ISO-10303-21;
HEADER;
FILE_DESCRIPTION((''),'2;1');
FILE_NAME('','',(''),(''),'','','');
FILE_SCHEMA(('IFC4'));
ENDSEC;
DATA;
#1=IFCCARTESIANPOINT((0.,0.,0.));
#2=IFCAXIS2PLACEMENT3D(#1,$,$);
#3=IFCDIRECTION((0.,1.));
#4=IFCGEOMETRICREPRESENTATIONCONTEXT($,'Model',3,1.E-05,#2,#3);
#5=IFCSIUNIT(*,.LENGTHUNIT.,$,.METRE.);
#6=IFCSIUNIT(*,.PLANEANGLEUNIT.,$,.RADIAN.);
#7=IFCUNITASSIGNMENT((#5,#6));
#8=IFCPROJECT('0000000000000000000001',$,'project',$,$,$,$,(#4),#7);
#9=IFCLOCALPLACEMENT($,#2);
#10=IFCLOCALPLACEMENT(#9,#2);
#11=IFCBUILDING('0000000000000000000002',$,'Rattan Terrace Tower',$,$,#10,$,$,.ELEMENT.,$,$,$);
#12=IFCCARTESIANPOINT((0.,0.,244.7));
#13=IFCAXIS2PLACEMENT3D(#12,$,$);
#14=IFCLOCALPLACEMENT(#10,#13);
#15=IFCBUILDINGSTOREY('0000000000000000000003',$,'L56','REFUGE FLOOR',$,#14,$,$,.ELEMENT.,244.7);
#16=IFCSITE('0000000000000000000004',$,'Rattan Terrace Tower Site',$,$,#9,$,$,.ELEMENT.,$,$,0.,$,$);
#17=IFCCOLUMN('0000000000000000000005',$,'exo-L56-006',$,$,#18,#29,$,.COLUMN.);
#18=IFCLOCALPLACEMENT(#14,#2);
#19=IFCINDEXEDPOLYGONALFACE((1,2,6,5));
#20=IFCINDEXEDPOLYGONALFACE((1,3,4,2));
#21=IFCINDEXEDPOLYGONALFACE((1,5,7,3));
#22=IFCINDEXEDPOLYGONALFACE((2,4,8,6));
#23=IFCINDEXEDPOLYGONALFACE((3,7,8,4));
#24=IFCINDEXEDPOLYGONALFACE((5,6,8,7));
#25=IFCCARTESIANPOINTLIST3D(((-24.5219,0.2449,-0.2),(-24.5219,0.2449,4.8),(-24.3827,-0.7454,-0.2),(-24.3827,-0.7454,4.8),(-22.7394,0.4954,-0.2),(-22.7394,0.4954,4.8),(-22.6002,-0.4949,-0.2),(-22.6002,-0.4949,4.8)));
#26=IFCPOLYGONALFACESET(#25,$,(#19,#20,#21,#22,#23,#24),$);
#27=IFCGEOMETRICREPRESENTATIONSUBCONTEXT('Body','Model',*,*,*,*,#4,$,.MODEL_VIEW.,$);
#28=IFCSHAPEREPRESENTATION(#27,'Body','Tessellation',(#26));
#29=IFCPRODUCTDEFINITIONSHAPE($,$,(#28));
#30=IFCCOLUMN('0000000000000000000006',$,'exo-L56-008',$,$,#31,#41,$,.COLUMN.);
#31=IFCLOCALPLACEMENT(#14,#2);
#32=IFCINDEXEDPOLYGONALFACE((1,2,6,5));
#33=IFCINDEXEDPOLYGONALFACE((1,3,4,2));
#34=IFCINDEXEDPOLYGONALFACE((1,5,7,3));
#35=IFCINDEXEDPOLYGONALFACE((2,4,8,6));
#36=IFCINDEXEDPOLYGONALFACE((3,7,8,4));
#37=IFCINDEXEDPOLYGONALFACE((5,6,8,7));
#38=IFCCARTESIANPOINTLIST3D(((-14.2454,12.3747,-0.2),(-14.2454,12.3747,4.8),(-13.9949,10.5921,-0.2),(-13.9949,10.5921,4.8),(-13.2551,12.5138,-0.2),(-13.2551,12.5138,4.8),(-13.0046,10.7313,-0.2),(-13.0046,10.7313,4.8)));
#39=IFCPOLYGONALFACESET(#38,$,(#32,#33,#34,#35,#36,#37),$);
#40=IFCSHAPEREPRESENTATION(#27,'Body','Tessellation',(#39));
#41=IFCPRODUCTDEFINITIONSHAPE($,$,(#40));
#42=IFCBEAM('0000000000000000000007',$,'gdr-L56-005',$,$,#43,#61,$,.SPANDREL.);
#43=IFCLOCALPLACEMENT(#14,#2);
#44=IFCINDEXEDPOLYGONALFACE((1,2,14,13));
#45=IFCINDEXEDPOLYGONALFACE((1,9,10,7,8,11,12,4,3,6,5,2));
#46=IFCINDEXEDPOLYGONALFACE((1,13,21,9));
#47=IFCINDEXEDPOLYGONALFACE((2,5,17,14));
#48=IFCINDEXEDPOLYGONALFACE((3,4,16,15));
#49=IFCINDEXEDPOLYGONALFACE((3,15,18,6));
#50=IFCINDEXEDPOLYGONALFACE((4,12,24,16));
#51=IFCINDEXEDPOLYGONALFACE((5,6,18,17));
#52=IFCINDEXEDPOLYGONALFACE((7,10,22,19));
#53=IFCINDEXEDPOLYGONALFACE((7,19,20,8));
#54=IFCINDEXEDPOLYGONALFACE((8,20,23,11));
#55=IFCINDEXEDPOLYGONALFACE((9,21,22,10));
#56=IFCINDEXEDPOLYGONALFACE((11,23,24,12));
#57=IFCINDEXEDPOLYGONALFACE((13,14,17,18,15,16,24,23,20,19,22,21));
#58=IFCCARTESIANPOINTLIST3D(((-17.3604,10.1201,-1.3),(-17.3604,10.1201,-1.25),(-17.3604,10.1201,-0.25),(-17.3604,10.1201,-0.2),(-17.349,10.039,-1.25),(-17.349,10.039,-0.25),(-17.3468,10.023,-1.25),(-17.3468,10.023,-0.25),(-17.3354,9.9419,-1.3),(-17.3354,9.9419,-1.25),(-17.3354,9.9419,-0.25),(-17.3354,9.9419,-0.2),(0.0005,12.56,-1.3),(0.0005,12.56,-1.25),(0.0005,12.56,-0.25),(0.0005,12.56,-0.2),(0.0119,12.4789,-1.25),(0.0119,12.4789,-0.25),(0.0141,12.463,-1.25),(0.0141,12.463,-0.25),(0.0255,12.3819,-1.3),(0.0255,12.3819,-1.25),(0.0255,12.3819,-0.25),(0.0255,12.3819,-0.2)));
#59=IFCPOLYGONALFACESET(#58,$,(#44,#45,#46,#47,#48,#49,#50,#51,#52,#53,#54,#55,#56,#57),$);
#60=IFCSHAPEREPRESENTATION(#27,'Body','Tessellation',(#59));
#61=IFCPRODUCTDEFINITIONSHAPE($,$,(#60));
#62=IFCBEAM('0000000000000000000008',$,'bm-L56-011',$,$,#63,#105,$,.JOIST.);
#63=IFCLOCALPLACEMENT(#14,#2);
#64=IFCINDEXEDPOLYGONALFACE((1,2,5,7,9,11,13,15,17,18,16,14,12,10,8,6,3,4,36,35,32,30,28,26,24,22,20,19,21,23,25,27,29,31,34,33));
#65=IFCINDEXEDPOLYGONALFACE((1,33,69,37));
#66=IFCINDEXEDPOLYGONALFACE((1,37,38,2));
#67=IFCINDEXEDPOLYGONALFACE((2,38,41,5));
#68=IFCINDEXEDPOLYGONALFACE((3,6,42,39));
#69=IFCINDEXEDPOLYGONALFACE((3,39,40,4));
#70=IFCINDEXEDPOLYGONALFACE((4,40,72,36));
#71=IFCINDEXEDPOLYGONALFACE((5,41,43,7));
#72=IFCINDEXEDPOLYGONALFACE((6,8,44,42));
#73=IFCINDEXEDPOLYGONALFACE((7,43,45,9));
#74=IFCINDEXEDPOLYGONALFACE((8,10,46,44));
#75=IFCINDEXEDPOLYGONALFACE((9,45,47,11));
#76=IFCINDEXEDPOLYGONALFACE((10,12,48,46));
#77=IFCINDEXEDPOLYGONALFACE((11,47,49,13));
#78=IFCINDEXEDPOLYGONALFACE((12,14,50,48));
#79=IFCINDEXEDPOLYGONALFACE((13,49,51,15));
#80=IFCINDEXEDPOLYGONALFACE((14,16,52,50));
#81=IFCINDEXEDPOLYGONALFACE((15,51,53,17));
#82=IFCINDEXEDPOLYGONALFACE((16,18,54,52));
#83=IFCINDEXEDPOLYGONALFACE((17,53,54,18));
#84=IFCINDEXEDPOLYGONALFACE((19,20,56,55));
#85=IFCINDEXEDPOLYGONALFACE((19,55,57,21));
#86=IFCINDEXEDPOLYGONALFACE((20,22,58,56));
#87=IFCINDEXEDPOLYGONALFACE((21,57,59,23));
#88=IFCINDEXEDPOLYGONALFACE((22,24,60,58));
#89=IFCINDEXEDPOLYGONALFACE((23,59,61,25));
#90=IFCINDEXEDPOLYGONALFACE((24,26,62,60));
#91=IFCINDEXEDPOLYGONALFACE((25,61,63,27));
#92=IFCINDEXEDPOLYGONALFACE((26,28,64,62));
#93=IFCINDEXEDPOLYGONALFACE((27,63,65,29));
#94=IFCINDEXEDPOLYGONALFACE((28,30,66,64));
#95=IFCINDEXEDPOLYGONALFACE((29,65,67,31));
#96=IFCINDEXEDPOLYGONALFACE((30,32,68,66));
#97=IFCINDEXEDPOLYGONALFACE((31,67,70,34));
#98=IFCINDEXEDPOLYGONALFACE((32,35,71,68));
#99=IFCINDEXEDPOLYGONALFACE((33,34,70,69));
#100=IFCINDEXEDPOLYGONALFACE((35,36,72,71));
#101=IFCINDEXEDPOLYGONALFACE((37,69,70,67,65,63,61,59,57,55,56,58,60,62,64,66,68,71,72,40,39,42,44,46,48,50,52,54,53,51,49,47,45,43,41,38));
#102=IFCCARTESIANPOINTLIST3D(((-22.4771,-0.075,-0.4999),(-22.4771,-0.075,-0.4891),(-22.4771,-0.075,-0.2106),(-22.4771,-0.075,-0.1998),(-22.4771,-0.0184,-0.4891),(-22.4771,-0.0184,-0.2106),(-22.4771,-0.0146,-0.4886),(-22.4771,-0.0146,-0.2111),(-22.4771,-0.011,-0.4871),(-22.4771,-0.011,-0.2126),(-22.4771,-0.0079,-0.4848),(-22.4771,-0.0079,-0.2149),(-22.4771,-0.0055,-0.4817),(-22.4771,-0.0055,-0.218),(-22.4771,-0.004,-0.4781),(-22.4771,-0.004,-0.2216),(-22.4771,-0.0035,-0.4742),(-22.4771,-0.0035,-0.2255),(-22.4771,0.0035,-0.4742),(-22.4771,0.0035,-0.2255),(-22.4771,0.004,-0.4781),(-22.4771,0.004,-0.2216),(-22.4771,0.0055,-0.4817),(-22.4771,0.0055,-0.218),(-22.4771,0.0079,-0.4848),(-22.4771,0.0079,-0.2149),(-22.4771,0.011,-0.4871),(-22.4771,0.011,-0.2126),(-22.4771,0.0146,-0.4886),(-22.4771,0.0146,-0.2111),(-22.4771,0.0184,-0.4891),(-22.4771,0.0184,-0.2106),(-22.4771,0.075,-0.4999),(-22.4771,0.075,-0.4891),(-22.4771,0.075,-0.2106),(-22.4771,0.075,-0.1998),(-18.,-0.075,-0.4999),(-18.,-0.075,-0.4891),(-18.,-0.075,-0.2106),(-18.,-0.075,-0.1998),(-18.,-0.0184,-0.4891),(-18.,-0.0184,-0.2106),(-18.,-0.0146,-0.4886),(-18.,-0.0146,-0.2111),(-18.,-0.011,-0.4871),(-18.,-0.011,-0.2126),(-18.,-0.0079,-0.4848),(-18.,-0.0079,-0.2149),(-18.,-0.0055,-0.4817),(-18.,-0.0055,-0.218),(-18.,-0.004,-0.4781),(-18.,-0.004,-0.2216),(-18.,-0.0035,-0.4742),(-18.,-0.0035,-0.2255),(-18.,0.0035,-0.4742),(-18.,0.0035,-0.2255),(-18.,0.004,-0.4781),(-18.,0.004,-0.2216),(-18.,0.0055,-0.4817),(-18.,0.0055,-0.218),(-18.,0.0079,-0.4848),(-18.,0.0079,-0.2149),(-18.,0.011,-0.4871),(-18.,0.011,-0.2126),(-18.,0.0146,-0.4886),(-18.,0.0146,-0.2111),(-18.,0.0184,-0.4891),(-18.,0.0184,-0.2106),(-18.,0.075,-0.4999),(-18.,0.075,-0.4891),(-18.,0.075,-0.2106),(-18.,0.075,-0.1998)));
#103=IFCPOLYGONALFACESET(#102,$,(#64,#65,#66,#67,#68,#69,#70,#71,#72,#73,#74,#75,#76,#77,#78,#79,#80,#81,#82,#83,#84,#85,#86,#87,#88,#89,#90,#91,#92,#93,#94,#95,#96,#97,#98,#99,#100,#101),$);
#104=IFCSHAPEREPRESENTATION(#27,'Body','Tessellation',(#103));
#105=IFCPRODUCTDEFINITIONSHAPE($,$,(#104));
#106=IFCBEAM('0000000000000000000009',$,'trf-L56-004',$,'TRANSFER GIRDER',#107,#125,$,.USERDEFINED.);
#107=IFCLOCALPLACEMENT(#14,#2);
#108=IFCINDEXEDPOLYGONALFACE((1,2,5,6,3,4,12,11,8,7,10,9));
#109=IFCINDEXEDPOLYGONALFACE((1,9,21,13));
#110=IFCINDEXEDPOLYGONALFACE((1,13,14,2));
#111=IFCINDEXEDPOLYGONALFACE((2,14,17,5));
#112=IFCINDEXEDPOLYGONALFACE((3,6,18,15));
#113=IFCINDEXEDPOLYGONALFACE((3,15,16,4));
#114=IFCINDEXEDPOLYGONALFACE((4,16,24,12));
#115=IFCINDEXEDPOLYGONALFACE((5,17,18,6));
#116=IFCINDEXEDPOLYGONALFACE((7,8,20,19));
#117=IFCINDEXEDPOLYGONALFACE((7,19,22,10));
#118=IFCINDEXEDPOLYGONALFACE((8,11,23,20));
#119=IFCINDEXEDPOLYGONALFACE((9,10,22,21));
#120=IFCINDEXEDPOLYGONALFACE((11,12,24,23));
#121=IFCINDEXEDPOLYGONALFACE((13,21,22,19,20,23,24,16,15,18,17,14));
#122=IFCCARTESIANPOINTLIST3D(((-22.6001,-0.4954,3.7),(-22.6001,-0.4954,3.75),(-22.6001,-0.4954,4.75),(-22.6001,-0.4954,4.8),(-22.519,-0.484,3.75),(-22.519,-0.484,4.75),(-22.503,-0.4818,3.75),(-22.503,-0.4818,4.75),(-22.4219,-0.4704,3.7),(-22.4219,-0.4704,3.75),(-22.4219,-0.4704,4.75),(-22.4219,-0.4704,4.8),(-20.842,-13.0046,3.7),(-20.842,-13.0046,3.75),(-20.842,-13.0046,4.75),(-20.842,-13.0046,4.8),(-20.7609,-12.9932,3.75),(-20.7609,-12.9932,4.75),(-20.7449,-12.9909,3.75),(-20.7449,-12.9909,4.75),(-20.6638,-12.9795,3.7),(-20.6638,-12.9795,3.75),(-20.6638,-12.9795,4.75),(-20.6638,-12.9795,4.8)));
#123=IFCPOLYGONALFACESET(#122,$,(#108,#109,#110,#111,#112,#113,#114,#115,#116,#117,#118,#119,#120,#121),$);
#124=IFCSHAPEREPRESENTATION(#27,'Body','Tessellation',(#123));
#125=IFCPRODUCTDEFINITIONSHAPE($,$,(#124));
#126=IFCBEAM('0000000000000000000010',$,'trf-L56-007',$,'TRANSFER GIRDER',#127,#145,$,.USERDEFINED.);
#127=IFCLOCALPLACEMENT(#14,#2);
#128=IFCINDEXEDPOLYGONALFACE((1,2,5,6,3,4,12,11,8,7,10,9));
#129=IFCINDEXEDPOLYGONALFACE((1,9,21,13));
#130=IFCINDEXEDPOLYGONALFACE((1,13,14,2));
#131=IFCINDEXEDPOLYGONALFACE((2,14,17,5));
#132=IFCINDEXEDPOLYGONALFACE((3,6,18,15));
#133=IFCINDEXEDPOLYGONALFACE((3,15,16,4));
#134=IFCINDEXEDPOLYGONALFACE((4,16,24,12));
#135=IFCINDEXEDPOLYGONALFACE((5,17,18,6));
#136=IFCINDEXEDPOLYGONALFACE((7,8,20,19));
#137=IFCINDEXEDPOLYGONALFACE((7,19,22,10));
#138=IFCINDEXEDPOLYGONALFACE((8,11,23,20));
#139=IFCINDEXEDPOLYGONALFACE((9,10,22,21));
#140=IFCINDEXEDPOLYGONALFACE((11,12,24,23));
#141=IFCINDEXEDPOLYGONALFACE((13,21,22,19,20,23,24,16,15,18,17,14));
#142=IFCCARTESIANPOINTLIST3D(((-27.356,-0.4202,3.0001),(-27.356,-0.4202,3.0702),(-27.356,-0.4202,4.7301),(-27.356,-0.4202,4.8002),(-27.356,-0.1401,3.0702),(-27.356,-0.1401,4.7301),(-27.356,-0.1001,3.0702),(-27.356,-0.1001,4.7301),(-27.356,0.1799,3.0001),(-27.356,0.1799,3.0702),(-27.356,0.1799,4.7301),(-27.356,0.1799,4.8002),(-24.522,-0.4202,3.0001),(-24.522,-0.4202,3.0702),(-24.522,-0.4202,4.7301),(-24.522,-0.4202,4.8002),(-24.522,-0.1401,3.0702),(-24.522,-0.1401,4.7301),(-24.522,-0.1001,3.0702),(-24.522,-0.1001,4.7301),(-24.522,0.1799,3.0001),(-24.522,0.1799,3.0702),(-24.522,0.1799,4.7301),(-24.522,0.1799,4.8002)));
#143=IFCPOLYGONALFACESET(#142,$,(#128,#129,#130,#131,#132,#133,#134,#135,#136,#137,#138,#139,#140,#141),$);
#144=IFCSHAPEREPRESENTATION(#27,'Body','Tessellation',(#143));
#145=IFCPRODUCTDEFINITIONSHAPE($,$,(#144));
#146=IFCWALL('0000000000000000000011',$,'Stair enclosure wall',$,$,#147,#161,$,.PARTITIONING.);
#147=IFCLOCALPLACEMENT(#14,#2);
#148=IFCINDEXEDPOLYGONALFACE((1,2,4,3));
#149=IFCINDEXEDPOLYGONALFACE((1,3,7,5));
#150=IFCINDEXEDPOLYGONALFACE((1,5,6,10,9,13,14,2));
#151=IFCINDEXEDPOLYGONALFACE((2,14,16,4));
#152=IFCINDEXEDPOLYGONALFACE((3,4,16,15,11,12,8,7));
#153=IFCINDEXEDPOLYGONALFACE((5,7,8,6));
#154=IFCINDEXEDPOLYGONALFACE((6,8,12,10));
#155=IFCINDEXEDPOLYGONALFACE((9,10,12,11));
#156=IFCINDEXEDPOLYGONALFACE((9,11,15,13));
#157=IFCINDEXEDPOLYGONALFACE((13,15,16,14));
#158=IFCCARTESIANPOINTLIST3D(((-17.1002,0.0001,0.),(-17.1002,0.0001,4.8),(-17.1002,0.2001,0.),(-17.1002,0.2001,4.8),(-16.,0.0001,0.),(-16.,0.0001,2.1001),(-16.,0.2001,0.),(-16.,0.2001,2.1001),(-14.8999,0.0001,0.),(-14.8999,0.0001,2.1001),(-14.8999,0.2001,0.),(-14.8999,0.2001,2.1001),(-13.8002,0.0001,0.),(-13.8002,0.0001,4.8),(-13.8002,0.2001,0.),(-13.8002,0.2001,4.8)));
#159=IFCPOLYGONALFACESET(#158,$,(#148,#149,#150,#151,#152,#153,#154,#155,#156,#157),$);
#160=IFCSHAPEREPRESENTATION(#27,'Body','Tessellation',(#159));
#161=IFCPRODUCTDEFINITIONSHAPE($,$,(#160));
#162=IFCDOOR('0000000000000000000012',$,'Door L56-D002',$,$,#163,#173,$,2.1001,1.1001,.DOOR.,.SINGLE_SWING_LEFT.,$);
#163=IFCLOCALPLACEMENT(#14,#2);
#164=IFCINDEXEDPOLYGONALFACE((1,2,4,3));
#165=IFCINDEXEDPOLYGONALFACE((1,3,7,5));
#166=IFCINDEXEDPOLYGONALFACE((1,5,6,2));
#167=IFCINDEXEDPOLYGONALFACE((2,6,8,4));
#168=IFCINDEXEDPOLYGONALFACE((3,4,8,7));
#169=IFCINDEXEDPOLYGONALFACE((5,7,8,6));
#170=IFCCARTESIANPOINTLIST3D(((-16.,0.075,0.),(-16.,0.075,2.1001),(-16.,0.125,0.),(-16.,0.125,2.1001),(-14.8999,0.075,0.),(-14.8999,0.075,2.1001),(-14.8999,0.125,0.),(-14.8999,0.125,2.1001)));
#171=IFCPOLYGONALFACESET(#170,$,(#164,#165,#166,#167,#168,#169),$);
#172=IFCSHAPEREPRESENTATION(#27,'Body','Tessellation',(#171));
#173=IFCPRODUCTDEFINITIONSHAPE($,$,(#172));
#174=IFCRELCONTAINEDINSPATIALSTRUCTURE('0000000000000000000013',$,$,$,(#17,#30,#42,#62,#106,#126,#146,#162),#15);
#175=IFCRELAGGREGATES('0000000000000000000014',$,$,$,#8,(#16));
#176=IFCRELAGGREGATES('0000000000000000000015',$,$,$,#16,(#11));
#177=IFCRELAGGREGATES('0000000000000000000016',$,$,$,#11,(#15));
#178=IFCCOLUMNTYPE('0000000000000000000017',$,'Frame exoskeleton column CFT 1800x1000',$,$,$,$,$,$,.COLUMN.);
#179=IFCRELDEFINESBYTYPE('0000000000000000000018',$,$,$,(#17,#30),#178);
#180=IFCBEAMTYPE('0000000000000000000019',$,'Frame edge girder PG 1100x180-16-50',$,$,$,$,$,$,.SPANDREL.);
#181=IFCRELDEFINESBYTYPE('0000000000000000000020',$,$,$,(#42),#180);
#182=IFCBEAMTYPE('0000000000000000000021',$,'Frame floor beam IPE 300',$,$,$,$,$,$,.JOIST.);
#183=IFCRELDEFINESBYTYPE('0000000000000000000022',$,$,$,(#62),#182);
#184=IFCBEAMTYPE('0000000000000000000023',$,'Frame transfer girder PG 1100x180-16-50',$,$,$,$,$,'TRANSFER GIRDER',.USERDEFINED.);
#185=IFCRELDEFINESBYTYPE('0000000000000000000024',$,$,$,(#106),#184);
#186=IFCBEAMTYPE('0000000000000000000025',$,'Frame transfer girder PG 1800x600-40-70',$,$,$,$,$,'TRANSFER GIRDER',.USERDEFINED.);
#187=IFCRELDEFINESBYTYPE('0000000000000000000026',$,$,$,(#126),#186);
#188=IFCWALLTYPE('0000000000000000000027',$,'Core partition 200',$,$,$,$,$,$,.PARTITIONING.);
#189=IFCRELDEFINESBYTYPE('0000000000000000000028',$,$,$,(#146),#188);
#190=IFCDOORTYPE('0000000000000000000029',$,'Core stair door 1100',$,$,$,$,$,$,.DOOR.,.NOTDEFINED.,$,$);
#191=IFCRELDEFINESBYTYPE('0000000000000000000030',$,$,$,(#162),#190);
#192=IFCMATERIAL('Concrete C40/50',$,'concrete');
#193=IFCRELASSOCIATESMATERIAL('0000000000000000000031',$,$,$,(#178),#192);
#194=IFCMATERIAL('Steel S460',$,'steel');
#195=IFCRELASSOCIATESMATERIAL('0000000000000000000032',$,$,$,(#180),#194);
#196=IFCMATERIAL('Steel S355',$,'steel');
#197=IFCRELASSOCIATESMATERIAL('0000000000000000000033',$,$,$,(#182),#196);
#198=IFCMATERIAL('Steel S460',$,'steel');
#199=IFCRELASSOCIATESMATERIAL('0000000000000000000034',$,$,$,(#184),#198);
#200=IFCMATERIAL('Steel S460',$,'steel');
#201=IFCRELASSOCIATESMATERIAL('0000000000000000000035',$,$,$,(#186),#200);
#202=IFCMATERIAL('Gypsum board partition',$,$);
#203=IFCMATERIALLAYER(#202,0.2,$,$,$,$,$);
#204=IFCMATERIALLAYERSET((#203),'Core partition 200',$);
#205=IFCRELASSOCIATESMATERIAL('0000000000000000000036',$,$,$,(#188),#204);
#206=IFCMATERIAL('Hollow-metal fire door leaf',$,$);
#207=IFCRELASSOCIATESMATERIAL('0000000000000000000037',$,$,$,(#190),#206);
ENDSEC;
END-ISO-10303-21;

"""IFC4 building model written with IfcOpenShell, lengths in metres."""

from ifc_helpers import new_model, si_unit, direction, frame, frame_2d, origin, origin_2d, place, context, subcontext, project, spatial, rectangle, i_section, extrude, material, layer, layer_set, material_profile, profile_set, type_object, element, fill, save


model = new_model("IFC4")

# Units and contexts
model_context = context("Model", 3, precision=1e-05, world=origin(), true_north=direction((0.0, 1.0)))
body_context = subcontext(model_context, "Body", "Model", "MODEL_VIEW")
ifc_project = project(units=[si_unit("LENGTHUNIT", "METRE"), si_unit("PLANEANGLEUNIT", "RADIAN")], contexts=[model_context])

# Site, building, storey
site_placement = place(None, origin())
site = spatial("IfcSite", under=ifc_project, at=site_placement, Name="Rattan Terrace Tower Site", CompositionType="ELEMENT", RefElevation=0.0)
building_placement = place(site_placement, origin())
building = spatial("IfcBuilding", under=site, at=building_placement, Name="Rattan Terrace Tower", CompositionType="ELEMENT")
storey_placement = place(building_placement, frame((0.0, 0.0, 244.7)))
storey = spatial("IfcBuildingStorey", under=building, at=storey_placement, Name="L56", Description="REFUGE FLOOR", CompositionType="ELEMENT", Elevation=244.7)

# Columns
ifc_material_1 = material(Name="Concrete C40/50", Category="concrete")
ifc_material_profile_1 = material_profile(ifc_material_1, rectangle(XDim=1.0, YDim=1.8, at=origin_2d()), Name="CFT 1800x1000")
ifc_profile_set_1 = profile_set([ifc_material_profile_1], Name="Concrete C40/50")
column_type = type_object("IfcColumnType", Name="Frame exoskeleton column CFT 1800x1000", PredefinedType="COLUMN", material=ifc_profile_set_1)
for number, where, z_axis, x_axis, name in (
    (1, (-23.561, -0.125, -0.2), (0.0, 0.0, 1.0), (-0.13919, 0.990266, 0.0), "exo-L56-006"),
    (2, (-13.625, 11.553, -0.2), (0.0, 0.0, 1.0), (0.990268, 0.139173, 0.0), "exo-L56-008"),
):
    element("IfcColumn", number, at=place(storey_placement, frame(where, z_axis=z_axis, x_axis=x_axis)), inside=storey, type_object=column_type, Name=name, PredefinedType="COLUMN", context=body_context, shape_type="SweptSolid", body=[
        extrude(rectangle(XDim=1.0, YDim=1.8, at=origin_2d()), origin(), (0.0, 0.0, 1.0), 5.0),
    ])

# Beams
ifc_material_2 = material(Name="Steel S460", Category="steel")
ifc_material_profile_2 = material_profile(ifc_material_2, i_section(OverallWidth=0.1799, OverallDepth=1.1001, WebThickness=0.0161, FlangeThickness=0.05, at=origin_2d()), Name="PG 1100x180-16-50")
ifc_profile_set_2 = profile_set([ifc_material_profile_2], Name="Steel S460")
beam_type_1 = type_object("IfcBeamType", Name="Frame edge girder PG 1100x180-16-50", PredefinedType="SPANDREL", material=ifc_profile_set_2)
beam_1_placement = place(storey_placement, frame((-17.3479, 10.031, -0.75), z_axis=(0.990268, 0.139175, 0.0), x_axis=(-0.139175, 0.990268, 0.0)))
element("IfcBeam", 3, at=beam_1_placement, inside=storey, type_object=beam_type_1, Name="gdr-L56-005", PredefinedType="SPANDREL", context=body_context, shape_type="SweptSolid", body=[
    extrude(i_section(OverallWidth=0.1799, OverallDepth=1.1001, WebThickness=0.0161, FlangeThickness=0.05, at=origin_2d()), origin(), (0.0, 0.0, 1.0), 17.5315),
])
ifc_material_3 = material(Name="Steel S355", Category="steel")
ifc_material_profile_3 = material_profile(ifc_material_3, i_section(OverallWidth=0.1499, OverallDepth=0.3, WebThickness=0.0071, FlangeThickness=0.0107, FilletRadius=0.0149, at=origin_2d()), Name="IPE 300")
ifc_profile_set_3 = profile_set([ifc_material_profile_3], Name="Steel S355")
beam_type_2 = type_object("IfcBeamType", Name="Frame floor beam IPE 300", PredefinedType="JOIST", material=ifc_profile_set_3)
beam_2_placement = place(storey_placement, frame((-22.4771, 0.0, -0.3499), z_axis=(1.0, 0.0, 0.0), x_axis=(0.0, 1.0, 0.0)))
element("IfcBeam", 4, at=beam_2_placement, inside=storey, type_object=beam_type_2, Name="bm-L56-011", PredefinedType="JOIST", context=body_context, shape_type="SweptSolid", body=[
    extrude(i_section(OverallWidth=0.1499, OverallDepth=0.3, WebThickness=0.0071, FlangeThickness=0.0107, FilletRadius=0.0149, at=origin_2d()), origin(), (0.0, 0.0, 1.0), 4.4771),
])
ifc_material_4 = material(Name="Steel S460", Category="steel")
ifc_material_profile_4 = material_profile(ifc_material_4, i_section(OverallWidth=0.1799, OverallDepth=1.1001, WebThickness=0.0161, FlangeThickness=0.05, at=origin_2d()), Name="PG 1100x180-16-50")
ifc_profile_set_4 = profile_set([ifc_material_profile_4], Name="Steel S460")
beam_type_3 = type_object("IfcBeamType", Name="Frame transfer girder PG 1100x180-16-50", ElementType="TRANSFER GIRDER", PredefinedType="USERDEFINED", material=ifc_profile_set_4)
beam_3_placement = place(storey_placement, frame((-22.511, -0.4829, 4.25), z_axis=(0.139175, -0.990268, 0.0), x_axis=(0.990268, 0.139175, 0.0)))
element("IfcBeam", 5, at=beam_3_placement, inside=storey, type_object=beam_type_3, Name="trf-L56-004", ObjectType="TRANSFER GIRDER", PredefinedType="USERDEFINED", context=body_context, shape_type="SweptSolid", body=[
    extrude(i_section(OverallWidth=0.1799, OverallDepth=1.1001, WebThickness=0.0161, FlangeThickness=0.05, at=origin_2d()), origin(), (0.0, 0.0, 1.0), 12.6321),
])
ifc_material_5 = material(Name="Steel S460", Category="steel")
ifc_material_profile_5 = material_profile(ifc_material_5, i_section(OverallWidth=0.6001, OverallDepth=1.8, WebThickness=0.04, FlangeThickness=0.0701, at=origin_2d()), Name="PG 1800x600-40-70")
ifc_profile_set_5 = profile_set([ifc_material_profile_5], Name="Steel S460")
beam_type_4 = type_object("IfcBeamType", Name="Frame transfer girder PG 1800x600-40-70", ElementType="TRANSFER GIRDER", PredefinedType="USERDEFINED", material=ifc_profile_set_5)
beam_4_placement = place(storey_placement, frame((-27.356, -0.1201, 3.9001), z_axis=(1.0, 0.0, 0.0), x_axis=(0.0, 1.0, 0.0)))
element("IfcBeam", 6, at=beam_4_placement, inside=storey, type_object=beam_type_4, Name="trf-L56-007", ObjectType="TRANSFER GIRDER", PredefinedType="USERDEFINED", context=body_context, shape_type="SweptSolid", body=[
    extrude(i_section(OverallWidth=0.6001, OverallDepth=1.8, WebThickness=0.04, FlangeThickness=0.0701, at=origin_2d()), origin(), (0.0, 0.0, 1.0), 2.834),
])

# Wall, opening, door
ifc_material_6 = material(Name="Gypsum board partition")
ifc_layer_1 = layer(ifc_material_6, 0.2)
ifc_layer_set_1 = layer_set([ifc_layer_1], Name="Core partition 200")
wall_type_1 = type_object("IfcWallType", Name="Core partition 200", PredefinedType="PARTITIONING", material=ifc_layer_set_1)
wall_1_placement = place(storey_placement, frame((-17.1001, 0.1001, 0.0), z_axis=(0.0, 0.0, 1.0), x_axis=(1.0, 0.0, 0.0)))
wall_1 = element("IfcWall", 7, at=wall_1_placement, inside=storey, type_object=wall_type_1, Name="Stair enclosure wall", PredefinedType="PARTITIONING", context=body_context, shape_type="SweptSolid", body=[
    extrude(rectangle(XDim=3.3, YDim=0.2, at=frame_2d((1.6499, 0.0))), origin(), (0.0, 0.0, 1.0), 4.8),
])
opening_placement = place(wall_1_placement, frame((1.1001, 0.0, 0.0)))
opening = element("IfcOpeningElement", 8, at=opening_placement, cuts=wall_1, PredefinedType="OPENING", context=body_context, shape_type="SweptSolid", body=[
    extrude(rectangle(XDim=1.1001, YDim=2.1001, at=frame_2d((0.55, 1.05))), frame((0.0, 0.1106, 0.0), z_axis=(0.0, -1.0, 0.0), x_axis=(1.0, 0.0, 0.0)), (0.0, 0.0, 1.0), 0.2209),
])
ifc_material_7 = material(Name="Hollow-metal fire door leaf")
door_type = type_object("IfcDoorType", Name="Core stair door 1100", OperationType="NOTDEFINED", PredefinedType="DOOR", material=ifc_material_7)
door_placement = place(opening_placement, origin())
door = element("IfcDoor", 9, at=door_placement, inside=storey, type_object=door_type, Name="Door L56-D002", OperationType="SINGLE_SWING_LEFT", OverallHeight=2.1001, OverallWidth=1.1001, PredefinedType="DOOR", context=body_context, shape_type="SweptSolid", body=[
    extrude(rectangle(XDim=1.1001, YDim=2.1001, at=frame_2d((0.55, 1.05))), frame((0.0, 0.0249, 0.0), z_axis=(0.0, -1.0, 0.0), x_axis=(1.0, 0.0, 0.0)), (0.0, 0.0, 1.0), 0.05),
])
fill(opening, door)

save(model, "model.ifc")
